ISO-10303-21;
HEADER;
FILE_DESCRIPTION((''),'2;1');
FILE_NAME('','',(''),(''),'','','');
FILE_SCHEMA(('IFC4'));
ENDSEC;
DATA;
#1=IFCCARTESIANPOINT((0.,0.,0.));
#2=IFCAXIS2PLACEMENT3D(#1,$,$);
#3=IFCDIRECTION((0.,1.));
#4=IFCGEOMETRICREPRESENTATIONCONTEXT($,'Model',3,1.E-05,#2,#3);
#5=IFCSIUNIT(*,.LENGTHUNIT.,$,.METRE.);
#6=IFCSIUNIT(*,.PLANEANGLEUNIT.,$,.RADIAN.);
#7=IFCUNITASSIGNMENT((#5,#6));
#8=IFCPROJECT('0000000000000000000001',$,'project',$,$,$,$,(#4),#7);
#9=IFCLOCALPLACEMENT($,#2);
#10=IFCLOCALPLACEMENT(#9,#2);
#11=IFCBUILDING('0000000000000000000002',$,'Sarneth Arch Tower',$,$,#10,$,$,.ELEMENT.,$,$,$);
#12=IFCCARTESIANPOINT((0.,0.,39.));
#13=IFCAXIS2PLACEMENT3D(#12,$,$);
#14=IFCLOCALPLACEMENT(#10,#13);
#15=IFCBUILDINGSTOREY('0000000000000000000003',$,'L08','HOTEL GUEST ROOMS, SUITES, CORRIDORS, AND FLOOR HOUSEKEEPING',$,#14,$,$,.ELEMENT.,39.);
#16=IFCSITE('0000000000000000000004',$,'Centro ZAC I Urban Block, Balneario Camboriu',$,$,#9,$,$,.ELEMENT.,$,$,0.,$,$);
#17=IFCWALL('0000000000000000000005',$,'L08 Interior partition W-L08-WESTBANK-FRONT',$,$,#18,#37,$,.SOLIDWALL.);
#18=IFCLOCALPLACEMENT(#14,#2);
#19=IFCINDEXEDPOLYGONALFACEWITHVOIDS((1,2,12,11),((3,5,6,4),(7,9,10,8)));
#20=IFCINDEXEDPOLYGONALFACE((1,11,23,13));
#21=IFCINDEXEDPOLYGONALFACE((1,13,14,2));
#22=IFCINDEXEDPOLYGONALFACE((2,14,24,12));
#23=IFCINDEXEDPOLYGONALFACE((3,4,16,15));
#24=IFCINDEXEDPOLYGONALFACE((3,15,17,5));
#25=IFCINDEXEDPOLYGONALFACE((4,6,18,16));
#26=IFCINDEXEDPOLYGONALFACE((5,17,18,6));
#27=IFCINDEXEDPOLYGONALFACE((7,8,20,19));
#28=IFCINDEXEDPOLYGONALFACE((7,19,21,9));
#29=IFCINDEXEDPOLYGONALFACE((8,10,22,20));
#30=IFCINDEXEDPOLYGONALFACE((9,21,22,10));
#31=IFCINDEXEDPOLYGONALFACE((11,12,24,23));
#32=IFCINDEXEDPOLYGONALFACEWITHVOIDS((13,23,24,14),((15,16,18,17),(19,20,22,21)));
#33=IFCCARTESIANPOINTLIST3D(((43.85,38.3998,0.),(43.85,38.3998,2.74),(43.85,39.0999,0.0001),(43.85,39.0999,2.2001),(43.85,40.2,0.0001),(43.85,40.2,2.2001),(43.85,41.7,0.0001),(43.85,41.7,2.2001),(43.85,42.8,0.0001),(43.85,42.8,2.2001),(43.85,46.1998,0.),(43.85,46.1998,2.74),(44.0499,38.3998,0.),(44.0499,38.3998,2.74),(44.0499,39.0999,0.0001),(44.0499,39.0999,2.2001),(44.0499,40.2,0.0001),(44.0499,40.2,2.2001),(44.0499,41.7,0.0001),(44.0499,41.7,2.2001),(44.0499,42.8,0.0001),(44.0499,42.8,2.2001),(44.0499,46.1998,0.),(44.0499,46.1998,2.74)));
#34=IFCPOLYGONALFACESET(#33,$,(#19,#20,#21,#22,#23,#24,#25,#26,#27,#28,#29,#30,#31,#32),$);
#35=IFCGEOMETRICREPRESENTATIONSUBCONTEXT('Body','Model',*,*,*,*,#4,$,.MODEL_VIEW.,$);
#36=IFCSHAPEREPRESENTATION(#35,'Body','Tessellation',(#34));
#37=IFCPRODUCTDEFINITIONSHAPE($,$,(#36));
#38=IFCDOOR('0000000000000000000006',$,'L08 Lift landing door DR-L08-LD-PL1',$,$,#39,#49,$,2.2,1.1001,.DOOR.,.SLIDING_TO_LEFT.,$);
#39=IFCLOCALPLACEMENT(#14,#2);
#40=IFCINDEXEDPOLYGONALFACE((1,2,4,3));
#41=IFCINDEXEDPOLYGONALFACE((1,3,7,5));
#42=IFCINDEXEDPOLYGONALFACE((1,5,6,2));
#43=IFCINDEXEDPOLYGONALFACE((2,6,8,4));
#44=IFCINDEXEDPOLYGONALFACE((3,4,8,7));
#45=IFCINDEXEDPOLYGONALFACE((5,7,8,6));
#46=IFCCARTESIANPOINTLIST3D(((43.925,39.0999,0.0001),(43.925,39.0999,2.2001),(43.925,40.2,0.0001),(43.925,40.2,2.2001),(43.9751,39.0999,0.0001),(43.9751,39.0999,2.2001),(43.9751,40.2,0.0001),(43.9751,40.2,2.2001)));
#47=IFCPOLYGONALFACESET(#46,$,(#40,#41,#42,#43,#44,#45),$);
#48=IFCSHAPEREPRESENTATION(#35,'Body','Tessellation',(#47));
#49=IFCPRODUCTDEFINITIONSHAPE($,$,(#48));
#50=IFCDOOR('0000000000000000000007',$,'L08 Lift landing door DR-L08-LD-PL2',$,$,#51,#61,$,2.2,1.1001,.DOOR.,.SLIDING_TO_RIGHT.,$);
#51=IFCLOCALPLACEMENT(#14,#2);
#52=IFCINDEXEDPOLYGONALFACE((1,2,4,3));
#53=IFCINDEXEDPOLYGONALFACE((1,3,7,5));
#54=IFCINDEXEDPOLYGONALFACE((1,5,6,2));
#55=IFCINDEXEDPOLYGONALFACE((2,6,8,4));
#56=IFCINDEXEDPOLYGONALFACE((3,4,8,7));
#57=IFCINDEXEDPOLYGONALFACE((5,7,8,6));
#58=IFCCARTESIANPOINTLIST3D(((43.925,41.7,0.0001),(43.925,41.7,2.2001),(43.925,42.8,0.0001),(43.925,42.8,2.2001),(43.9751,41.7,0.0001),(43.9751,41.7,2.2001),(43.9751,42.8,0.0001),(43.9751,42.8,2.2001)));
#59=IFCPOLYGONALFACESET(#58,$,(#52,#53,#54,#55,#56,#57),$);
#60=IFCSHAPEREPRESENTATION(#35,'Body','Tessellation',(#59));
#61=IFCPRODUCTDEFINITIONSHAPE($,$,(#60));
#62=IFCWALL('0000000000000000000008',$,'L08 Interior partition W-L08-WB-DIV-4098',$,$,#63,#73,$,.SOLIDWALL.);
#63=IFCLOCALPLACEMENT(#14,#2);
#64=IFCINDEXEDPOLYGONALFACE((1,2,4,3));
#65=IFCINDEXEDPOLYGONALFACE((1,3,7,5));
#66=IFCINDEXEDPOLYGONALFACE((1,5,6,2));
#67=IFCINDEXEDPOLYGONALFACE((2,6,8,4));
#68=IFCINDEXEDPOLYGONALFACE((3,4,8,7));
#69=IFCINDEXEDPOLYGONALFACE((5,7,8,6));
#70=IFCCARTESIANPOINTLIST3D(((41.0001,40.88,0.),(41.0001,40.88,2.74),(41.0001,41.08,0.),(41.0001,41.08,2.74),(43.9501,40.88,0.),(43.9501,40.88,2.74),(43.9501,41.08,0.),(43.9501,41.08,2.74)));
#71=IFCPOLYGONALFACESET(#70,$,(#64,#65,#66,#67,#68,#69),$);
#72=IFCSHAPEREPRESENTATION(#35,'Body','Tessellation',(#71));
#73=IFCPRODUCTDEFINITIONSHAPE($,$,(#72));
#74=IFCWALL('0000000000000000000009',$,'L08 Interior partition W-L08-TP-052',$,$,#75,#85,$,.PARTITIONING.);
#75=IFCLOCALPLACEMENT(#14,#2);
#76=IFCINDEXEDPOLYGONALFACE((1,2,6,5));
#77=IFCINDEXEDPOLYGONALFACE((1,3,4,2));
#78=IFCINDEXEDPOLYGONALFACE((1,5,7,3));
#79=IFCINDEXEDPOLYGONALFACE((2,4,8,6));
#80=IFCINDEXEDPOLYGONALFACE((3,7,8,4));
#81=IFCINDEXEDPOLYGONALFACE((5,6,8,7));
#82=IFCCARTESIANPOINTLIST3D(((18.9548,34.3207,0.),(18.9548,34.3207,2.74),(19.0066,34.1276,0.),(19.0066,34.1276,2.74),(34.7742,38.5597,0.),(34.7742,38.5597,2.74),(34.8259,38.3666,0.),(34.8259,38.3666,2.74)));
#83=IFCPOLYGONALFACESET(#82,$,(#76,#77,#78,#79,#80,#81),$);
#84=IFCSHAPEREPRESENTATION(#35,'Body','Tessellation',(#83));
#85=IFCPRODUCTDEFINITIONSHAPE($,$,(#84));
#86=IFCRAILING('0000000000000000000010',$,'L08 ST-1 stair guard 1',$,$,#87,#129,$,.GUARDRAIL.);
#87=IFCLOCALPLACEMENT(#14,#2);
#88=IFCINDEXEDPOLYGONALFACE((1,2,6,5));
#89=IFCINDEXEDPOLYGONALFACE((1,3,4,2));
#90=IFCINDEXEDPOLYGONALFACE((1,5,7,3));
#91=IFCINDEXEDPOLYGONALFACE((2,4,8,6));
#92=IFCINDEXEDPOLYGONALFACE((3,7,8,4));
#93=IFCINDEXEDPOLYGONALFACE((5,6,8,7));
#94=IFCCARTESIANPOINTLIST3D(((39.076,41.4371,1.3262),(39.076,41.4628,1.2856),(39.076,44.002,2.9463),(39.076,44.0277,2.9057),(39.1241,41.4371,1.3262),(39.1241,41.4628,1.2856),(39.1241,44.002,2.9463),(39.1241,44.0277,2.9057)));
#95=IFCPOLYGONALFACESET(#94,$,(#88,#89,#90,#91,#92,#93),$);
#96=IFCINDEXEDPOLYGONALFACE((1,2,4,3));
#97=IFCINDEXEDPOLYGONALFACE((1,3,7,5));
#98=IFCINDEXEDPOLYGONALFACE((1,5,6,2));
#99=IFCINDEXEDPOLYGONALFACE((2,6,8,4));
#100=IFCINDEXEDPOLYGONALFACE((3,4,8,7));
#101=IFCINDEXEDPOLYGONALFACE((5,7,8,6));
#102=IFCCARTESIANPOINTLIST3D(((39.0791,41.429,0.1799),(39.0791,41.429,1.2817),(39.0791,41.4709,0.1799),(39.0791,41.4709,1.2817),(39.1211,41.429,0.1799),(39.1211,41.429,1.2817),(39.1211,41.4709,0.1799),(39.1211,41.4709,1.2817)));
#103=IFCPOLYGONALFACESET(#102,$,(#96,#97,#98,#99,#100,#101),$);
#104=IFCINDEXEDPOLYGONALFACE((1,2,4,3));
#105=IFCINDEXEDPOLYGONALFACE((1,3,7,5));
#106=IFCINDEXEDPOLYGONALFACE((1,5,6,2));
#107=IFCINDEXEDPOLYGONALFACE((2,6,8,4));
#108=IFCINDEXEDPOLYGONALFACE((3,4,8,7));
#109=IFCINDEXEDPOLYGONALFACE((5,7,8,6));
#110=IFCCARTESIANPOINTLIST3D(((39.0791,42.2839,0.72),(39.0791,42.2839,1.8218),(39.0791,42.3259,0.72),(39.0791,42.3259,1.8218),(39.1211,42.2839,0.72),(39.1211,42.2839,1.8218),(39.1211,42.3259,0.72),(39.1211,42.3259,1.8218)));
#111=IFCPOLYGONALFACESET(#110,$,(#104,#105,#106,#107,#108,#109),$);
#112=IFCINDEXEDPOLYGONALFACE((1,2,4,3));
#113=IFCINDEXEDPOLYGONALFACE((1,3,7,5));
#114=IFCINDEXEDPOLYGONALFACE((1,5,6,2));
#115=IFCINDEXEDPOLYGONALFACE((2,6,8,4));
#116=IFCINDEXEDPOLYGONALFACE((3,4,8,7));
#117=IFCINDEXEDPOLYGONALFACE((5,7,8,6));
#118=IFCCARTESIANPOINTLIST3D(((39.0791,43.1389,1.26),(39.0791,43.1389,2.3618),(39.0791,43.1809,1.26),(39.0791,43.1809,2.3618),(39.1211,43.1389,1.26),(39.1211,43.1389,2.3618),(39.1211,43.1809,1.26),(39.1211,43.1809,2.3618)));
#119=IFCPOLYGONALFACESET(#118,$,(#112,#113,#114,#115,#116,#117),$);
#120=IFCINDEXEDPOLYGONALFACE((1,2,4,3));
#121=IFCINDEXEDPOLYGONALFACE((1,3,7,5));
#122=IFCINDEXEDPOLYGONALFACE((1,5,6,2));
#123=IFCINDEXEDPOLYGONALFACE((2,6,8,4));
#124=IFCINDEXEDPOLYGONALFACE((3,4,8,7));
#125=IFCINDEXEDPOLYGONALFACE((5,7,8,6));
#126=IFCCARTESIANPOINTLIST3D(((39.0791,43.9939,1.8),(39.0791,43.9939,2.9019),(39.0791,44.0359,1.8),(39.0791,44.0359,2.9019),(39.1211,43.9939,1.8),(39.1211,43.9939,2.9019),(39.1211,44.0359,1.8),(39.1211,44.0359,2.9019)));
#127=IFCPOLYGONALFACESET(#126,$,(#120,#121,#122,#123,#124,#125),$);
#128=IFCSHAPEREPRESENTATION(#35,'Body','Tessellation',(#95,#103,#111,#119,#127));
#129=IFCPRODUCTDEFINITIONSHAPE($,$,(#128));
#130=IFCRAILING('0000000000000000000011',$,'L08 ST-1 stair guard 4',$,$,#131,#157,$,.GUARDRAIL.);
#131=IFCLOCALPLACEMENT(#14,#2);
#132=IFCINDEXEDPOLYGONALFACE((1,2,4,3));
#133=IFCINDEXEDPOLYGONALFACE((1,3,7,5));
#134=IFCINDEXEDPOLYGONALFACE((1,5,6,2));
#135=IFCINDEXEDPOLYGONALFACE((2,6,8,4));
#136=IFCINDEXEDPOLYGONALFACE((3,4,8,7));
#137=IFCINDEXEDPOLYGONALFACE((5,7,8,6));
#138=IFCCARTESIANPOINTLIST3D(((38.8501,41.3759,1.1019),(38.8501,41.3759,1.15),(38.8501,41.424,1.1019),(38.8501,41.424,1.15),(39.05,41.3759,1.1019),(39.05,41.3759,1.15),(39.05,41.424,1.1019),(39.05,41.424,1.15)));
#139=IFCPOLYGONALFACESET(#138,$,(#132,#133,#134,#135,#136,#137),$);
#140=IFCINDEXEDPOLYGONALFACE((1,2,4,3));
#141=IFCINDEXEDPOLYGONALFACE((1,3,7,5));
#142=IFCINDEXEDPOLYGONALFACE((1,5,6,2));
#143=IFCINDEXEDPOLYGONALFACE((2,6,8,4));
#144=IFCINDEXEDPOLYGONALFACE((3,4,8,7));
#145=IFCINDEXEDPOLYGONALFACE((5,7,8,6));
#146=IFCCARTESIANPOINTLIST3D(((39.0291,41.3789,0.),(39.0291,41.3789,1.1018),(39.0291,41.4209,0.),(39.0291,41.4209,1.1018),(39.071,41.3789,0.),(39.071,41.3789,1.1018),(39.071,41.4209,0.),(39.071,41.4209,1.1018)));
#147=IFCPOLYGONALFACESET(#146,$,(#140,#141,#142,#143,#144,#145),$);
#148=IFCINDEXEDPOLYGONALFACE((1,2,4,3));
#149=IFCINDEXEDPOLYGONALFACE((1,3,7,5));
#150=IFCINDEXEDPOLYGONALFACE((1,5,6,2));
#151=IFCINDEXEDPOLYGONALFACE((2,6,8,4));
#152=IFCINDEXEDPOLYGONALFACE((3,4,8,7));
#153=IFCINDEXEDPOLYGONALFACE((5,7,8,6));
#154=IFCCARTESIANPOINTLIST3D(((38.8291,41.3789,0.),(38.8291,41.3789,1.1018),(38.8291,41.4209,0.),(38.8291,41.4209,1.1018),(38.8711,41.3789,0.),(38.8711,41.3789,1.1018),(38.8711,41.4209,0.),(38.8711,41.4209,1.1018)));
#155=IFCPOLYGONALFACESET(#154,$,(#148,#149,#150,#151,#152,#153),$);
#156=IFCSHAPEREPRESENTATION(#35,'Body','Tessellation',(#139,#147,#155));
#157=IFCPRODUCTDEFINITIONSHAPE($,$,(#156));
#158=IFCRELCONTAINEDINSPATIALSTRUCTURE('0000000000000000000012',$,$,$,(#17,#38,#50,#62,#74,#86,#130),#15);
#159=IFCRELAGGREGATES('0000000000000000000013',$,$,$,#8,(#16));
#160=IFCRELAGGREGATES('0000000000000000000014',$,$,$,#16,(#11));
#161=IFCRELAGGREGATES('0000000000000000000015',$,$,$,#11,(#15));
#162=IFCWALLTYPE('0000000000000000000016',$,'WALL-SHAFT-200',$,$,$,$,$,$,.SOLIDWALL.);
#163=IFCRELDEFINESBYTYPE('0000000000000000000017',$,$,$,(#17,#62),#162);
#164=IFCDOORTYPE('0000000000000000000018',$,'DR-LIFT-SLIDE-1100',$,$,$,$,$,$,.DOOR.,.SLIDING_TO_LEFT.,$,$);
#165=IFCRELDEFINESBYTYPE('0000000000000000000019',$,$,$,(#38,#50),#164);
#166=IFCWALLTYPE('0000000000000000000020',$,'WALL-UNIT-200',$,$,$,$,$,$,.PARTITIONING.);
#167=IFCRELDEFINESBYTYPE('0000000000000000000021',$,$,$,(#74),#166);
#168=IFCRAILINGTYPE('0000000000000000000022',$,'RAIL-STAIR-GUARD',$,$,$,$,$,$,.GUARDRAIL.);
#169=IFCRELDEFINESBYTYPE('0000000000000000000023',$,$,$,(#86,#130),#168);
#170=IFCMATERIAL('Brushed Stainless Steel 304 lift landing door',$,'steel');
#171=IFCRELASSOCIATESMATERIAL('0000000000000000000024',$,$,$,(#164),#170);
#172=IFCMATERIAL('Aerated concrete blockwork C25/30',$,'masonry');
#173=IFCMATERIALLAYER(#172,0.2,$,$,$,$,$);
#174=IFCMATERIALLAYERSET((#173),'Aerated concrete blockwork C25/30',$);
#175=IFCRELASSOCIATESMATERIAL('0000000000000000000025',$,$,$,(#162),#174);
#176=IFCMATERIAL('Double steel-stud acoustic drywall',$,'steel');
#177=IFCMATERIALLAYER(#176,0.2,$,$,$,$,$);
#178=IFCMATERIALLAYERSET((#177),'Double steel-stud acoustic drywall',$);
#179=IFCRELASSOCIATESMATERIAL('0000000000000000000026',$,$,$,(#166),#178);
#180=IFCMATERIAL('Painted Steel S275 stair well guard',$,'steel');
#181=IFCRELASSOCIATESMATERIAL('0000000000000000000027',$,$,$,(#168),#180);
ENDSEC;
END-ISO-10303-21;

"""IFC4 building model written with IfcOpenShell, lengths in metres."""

from ifc_helpers import new_model, si_unit, direction, frame, frame_2d, origin, origin_2d, place, context, subcontext, project, spatial, rectangle, extrude, material, layer, layer_set, type_object, element, fill, save


model = new_model("IFC4")

# Units and contexts
model_context = context("Model", 3, precision=1e-05, world=origin(), true_north=direction((0.0, 1.0)))
body_context = subcontext(model_context, "Body", "Model", "MODEL_VIEW")
ifc_project = project(units=[si_unit("LENGTHUNIT", "METRE"), si_unit("PLANEANGLEUNIT", "RADIAN")], contexts=[model_context])

# Site, building, storey
site_placement = place(None, origin())
site = spatial("IfcSite", under=ifc_project, at=site_placement, Name="Centro ZAC I Urban Block, Balneario Camboriu", CompositionType="ELEMENT", RefElevation=0.0)
building_placement = place(site_placement, origin())
building = spatial("IfcBuilding", under=site, at=building_placement, Name="Sarneth Arch Tower", CompositionType="ELEMENT")
storey_placement = place(building_placement, frame((0.0, 0.0, 39.0)))
storey = spatial("IfcBuildingStorey", under=building, at=storey_placement, Name="L08", Description="HOTEL GUEST ROOMS, SUITES, CORRIDORS, AND FLOOR HOUSEKEEPING", CompositionType="ELEMENT", Elevation=39.0)

# Shared definitions
ifc_material_1 = material(Name="Brushed Stainless Steel 304 lift landing door", Category="steel")
door_type_1 = type_object("IfcDoorType", Name="DR-LIFT-SLIDE-1100", OperationType="SLIDING_TO_LEFT", PredefinedType="DOOR", material=ifc_material_1)

# Shared definitions
ifc_material_2 = material(Name="Aerated concrete blockwork C25/30", Category="masonry")
ifc_layer_1 = layer(ifc_material_2, 0.2)
ifc_layer_set_1 = layer_set([ifc_layer_1], Name="Aerated concrete blockwork C25/30")
wall_type_1 = type_object("IfcWallType", Name="WALL-SHAFT-200", PredefinedType="SOLIDWALL", material=ifc_layer_set_1)

# Wall, openings, doors
wall_1_placement = place(storey_placement, frame((43.95, 38.3999, 0.0), z_axis=(0.0, 0.0, 1.0), x_axis=(0.0, 1.0, 0.0)))
wall_1 = element("IfcWall", 1, at=wall_1_placement, inside=storey, type_object=wall_type_1, Name="L08 Interior partition W-L08-WESTBANK-FRONT", PredefinedType="SOLIDWALL", context=body_context, shape_type="SweptSolid", body=[
    extrude(rectangle(XDim=7.8, YDim=0.2, at=frame_2d((3.8999, 0.0))), origin(), (0.0, 0.0, 1.0), 2.74),
])
opening_1_placement = place(wall_1_placement, frame((0.7, 0.0, 0.0)))
opening_1 = element("IfcOpeningElement", 2, at=opening_1_placement, cuts=wall_1, PredefinedType="OPENING", context=body_context, shape_type="SweptSolid", body=[
    extrude(rectangle(XDim=1.1001, YDim=2.2, at=frame_2d((0.55, 1.1001))), frame((0.0, 0.1099, 0.0), z_axis=(0.0, -1.0, 0.0), x_axis=(1.0, 0.0, 0.0)), (0.0, 0.0, 1.0), 0.22),
])
opening_2_placement = place(wall_1_placement, frame((3.3, 0.0, 0.0)))
opening_2 = element("IfcOpeningElement", 3, at=opening_2_placement, cuts=wall_1, PredefinedType="OPENING", context=body_context, shape_type="SweptSolid", body=[
    extrude(rectangle(XDim=1.1001, YDim=2.2, at=frame_2d((0.55, 1.1001))), frame((0.0, 0.1099, 0.0), z_axis=(0.0, -1.0, 0.0), x_axis=(1.0, 0.0, 0.0)), (0.0, 0.0, 1.0), 0.22),
])
door_1_placement = place(opening_1_placement, origin())
door_1 = element("IfcDoor", 4, at=door_1_placement, inside=storey, type_object=door_type_1, Name="L08 Lift landing door DR-L08-LD-PL1", OperationType="SLIDING_TO_LEFT", OverallHeight=2.2, OverallWidth=1.1001, PredefinedType="DOOR", context=body_context, shape_type="SweptSolid", body=[
    extrude(rectangle(XDim=1.1001, YDim=2.2, at=frame_2d((0.55, 1.1001))), frame((0.0, 0.0249, 0.0), z_axis=(0.0, -1.0, 0.0), x_axis=(1.0, 0.0, 0.0)), (0.0, 0.0, 1.0), 0.05),
])
fill(opening_1, door_1)
door_2_placement = place(opening_2_placement, origin())
door_2 = element("IfcDoor", 5, at=door_2_placement, inside=storey, type_object=door_type_1, Name="L08 Lift landing door DR-L08-LD-PL2", OperationType="SLIDING_TO_RIGHT", OverallHeight=2.2, OverallWidth=1.1001, PredefinedType="DOOR", context=body_context, shape_type="SweptSolid", body=[
    extrude(rectangle(XDim=1.1001, YDim=2.2, at=frame_2d((0.55, 1.1001))), frame((0.0, 0.0249, 0.0), z_axis=(0.0, -1.0, 0.0), x_axis=(1.0, 0.0, 0.0)), (0.0, 0.0, 1.0), 0.05),
])
fill(opening_2, door_2)

# Walls
wall_2_placement = place(storey_placement, frame((41.0, 40.98, 0.0), z_axis=(0.0, 0.0, 1.0), x_axis=(1.0, 0.0, 0.0)))
element("IfcWall", 6, at=wall_2_placement, inside=storey, type_object=wall_type_1, Name="L08 Interior partition W-L08-WB-DIV-4098", PredefinedType="SOLIDWALL", context=body_context, shape_type="SweptSolid", body=[
    extrude(rectangle(XDim=2.95, YDim=0.2, at=frame_2d((1.4751, 0.0))), origin(), (0.0, 0.0, 1.0), 2.74),
])
ifc_material_3 = material(Name="Double steel-stud acoustic drywall", Category="steel")
ifc_layer_2 = layer(ifc_material_3, 0.2)
ifc_layer_set_2 = layer_set([ifc_layer_2], Name="Double steel-stud acoustic drywall")
wall_type_2 = type_object("IfcWallType", Name="WALL-UNIT-200", PredefinedType="PARTITIONING", material=ifc_layer_set_2)
wall_3_placement = place(storey_placement, frame((34.8, 38.4631, 0.0), z_axis=(0.0, 0.0, 1.0), x_axis=(-0.965922, -0.258832, 0.0)))
element("IfcWall", 7, at=wall_3_placement, inside=storey, type_object=wall_type_2, Name="L08 Interior partition W-L08-TP-052", PredefinedType="PARTITIONING", context=body_context, shape_type="SweptSolid", body=[
    extrude(rectangle(XDim=16.3774, YDim=0.2, at=frame_2d((8.1887, 0.0))), origin(), (0.0, 0.0, 1.0), 2.74),
])

# Railings
ifc_material_4 = material(Name="Painted Steel S275 stair well guard", Category="steel")
railing_type = type_object("IfcRailingType", Name="RAIL-STAIR-GUARD", PredefinedType="GUARDRAIL", material=ifc_material_4)
railing_1_placement = place(storey_placement, frame((39.1001, 41.45, 0.1799)))
element("IfcRailing", 8, at=railing_1_placement, inside=storey, type_object=railing_type, Name="L08 ST-1 stair guard 1", PredefinedType="GUARDRAIL", context=body_context, shape_type="SweptSolid", body=[
    extrude(rectangle(XDim=0.0481, YDim=0.0481, at=origin_2d()), frame((0.0, 0.0, 1.126), z_axis=(0.0, 0.845466, 0.534029), x_axis=(-1.0, 0.0, 0.0)), (0.0, 0.0, 1.0), 3.0337),
    extrude(rectangle(XDim=0.042, YDim=0.042, at=origin_2d()), origin(), (0.0, 0.0, 1.0), 1.1018),
    extrude(rectangle(XDim=0.042, YDim=0.042, at=origin_2d()), frame((0.0, 0.855, 0.54)), (0.0, 0.0, 1.0), 1.1018),
    extrude(rectangle(XDim=0.042, YDim=0.042, at=origin_2d()), frame((0.0, 1.71, 1.0801)), (0.0, 0.0, 1.0), 1.1018),
    extrude(rectangle(XDim=0.042, YDim=0.042, at=origin_2d()), frame((0.0, 2.5649, 1.6201)), (0.0, 0.0, 1.0), 1.1018),
])
railing_2_placement = place(storey_placement, frame((39.05, 41.3999, 0.0)))
element("IfcRailing", 9, at=railing_2_placement, inside=storey, type_object=railing_type, Name="L08 ST-1 stair guard 4", PredefinedType="GUARDRAIL", context=body_context, shape_type="SweptSolid", body=[
    extrude(rectangle(XDim=0.0481, YDim=0.0481, at=origin_2d()), frame((0.0, 0.0, 1.126), z_axis=(-1.0, 0.0, 0.0), x_axis=(0.0, -1.0, 0.0)), (0.0, 0.0, 1.0), 0.2),
    extrude(rectangle(XDim=0.042, YDim=0.042, at=origin_2d()), origin(), (0.0, 0.0, 1.0), 1.1018),
    extrude(rectangle(XDim=0.042, YDim=0.042, at=origin_2d()), frame((-0.2, 0.0, 0.0)), (0.0, 0.0, 1.0), 1.1018),
])

save(model, "model.ifc")
